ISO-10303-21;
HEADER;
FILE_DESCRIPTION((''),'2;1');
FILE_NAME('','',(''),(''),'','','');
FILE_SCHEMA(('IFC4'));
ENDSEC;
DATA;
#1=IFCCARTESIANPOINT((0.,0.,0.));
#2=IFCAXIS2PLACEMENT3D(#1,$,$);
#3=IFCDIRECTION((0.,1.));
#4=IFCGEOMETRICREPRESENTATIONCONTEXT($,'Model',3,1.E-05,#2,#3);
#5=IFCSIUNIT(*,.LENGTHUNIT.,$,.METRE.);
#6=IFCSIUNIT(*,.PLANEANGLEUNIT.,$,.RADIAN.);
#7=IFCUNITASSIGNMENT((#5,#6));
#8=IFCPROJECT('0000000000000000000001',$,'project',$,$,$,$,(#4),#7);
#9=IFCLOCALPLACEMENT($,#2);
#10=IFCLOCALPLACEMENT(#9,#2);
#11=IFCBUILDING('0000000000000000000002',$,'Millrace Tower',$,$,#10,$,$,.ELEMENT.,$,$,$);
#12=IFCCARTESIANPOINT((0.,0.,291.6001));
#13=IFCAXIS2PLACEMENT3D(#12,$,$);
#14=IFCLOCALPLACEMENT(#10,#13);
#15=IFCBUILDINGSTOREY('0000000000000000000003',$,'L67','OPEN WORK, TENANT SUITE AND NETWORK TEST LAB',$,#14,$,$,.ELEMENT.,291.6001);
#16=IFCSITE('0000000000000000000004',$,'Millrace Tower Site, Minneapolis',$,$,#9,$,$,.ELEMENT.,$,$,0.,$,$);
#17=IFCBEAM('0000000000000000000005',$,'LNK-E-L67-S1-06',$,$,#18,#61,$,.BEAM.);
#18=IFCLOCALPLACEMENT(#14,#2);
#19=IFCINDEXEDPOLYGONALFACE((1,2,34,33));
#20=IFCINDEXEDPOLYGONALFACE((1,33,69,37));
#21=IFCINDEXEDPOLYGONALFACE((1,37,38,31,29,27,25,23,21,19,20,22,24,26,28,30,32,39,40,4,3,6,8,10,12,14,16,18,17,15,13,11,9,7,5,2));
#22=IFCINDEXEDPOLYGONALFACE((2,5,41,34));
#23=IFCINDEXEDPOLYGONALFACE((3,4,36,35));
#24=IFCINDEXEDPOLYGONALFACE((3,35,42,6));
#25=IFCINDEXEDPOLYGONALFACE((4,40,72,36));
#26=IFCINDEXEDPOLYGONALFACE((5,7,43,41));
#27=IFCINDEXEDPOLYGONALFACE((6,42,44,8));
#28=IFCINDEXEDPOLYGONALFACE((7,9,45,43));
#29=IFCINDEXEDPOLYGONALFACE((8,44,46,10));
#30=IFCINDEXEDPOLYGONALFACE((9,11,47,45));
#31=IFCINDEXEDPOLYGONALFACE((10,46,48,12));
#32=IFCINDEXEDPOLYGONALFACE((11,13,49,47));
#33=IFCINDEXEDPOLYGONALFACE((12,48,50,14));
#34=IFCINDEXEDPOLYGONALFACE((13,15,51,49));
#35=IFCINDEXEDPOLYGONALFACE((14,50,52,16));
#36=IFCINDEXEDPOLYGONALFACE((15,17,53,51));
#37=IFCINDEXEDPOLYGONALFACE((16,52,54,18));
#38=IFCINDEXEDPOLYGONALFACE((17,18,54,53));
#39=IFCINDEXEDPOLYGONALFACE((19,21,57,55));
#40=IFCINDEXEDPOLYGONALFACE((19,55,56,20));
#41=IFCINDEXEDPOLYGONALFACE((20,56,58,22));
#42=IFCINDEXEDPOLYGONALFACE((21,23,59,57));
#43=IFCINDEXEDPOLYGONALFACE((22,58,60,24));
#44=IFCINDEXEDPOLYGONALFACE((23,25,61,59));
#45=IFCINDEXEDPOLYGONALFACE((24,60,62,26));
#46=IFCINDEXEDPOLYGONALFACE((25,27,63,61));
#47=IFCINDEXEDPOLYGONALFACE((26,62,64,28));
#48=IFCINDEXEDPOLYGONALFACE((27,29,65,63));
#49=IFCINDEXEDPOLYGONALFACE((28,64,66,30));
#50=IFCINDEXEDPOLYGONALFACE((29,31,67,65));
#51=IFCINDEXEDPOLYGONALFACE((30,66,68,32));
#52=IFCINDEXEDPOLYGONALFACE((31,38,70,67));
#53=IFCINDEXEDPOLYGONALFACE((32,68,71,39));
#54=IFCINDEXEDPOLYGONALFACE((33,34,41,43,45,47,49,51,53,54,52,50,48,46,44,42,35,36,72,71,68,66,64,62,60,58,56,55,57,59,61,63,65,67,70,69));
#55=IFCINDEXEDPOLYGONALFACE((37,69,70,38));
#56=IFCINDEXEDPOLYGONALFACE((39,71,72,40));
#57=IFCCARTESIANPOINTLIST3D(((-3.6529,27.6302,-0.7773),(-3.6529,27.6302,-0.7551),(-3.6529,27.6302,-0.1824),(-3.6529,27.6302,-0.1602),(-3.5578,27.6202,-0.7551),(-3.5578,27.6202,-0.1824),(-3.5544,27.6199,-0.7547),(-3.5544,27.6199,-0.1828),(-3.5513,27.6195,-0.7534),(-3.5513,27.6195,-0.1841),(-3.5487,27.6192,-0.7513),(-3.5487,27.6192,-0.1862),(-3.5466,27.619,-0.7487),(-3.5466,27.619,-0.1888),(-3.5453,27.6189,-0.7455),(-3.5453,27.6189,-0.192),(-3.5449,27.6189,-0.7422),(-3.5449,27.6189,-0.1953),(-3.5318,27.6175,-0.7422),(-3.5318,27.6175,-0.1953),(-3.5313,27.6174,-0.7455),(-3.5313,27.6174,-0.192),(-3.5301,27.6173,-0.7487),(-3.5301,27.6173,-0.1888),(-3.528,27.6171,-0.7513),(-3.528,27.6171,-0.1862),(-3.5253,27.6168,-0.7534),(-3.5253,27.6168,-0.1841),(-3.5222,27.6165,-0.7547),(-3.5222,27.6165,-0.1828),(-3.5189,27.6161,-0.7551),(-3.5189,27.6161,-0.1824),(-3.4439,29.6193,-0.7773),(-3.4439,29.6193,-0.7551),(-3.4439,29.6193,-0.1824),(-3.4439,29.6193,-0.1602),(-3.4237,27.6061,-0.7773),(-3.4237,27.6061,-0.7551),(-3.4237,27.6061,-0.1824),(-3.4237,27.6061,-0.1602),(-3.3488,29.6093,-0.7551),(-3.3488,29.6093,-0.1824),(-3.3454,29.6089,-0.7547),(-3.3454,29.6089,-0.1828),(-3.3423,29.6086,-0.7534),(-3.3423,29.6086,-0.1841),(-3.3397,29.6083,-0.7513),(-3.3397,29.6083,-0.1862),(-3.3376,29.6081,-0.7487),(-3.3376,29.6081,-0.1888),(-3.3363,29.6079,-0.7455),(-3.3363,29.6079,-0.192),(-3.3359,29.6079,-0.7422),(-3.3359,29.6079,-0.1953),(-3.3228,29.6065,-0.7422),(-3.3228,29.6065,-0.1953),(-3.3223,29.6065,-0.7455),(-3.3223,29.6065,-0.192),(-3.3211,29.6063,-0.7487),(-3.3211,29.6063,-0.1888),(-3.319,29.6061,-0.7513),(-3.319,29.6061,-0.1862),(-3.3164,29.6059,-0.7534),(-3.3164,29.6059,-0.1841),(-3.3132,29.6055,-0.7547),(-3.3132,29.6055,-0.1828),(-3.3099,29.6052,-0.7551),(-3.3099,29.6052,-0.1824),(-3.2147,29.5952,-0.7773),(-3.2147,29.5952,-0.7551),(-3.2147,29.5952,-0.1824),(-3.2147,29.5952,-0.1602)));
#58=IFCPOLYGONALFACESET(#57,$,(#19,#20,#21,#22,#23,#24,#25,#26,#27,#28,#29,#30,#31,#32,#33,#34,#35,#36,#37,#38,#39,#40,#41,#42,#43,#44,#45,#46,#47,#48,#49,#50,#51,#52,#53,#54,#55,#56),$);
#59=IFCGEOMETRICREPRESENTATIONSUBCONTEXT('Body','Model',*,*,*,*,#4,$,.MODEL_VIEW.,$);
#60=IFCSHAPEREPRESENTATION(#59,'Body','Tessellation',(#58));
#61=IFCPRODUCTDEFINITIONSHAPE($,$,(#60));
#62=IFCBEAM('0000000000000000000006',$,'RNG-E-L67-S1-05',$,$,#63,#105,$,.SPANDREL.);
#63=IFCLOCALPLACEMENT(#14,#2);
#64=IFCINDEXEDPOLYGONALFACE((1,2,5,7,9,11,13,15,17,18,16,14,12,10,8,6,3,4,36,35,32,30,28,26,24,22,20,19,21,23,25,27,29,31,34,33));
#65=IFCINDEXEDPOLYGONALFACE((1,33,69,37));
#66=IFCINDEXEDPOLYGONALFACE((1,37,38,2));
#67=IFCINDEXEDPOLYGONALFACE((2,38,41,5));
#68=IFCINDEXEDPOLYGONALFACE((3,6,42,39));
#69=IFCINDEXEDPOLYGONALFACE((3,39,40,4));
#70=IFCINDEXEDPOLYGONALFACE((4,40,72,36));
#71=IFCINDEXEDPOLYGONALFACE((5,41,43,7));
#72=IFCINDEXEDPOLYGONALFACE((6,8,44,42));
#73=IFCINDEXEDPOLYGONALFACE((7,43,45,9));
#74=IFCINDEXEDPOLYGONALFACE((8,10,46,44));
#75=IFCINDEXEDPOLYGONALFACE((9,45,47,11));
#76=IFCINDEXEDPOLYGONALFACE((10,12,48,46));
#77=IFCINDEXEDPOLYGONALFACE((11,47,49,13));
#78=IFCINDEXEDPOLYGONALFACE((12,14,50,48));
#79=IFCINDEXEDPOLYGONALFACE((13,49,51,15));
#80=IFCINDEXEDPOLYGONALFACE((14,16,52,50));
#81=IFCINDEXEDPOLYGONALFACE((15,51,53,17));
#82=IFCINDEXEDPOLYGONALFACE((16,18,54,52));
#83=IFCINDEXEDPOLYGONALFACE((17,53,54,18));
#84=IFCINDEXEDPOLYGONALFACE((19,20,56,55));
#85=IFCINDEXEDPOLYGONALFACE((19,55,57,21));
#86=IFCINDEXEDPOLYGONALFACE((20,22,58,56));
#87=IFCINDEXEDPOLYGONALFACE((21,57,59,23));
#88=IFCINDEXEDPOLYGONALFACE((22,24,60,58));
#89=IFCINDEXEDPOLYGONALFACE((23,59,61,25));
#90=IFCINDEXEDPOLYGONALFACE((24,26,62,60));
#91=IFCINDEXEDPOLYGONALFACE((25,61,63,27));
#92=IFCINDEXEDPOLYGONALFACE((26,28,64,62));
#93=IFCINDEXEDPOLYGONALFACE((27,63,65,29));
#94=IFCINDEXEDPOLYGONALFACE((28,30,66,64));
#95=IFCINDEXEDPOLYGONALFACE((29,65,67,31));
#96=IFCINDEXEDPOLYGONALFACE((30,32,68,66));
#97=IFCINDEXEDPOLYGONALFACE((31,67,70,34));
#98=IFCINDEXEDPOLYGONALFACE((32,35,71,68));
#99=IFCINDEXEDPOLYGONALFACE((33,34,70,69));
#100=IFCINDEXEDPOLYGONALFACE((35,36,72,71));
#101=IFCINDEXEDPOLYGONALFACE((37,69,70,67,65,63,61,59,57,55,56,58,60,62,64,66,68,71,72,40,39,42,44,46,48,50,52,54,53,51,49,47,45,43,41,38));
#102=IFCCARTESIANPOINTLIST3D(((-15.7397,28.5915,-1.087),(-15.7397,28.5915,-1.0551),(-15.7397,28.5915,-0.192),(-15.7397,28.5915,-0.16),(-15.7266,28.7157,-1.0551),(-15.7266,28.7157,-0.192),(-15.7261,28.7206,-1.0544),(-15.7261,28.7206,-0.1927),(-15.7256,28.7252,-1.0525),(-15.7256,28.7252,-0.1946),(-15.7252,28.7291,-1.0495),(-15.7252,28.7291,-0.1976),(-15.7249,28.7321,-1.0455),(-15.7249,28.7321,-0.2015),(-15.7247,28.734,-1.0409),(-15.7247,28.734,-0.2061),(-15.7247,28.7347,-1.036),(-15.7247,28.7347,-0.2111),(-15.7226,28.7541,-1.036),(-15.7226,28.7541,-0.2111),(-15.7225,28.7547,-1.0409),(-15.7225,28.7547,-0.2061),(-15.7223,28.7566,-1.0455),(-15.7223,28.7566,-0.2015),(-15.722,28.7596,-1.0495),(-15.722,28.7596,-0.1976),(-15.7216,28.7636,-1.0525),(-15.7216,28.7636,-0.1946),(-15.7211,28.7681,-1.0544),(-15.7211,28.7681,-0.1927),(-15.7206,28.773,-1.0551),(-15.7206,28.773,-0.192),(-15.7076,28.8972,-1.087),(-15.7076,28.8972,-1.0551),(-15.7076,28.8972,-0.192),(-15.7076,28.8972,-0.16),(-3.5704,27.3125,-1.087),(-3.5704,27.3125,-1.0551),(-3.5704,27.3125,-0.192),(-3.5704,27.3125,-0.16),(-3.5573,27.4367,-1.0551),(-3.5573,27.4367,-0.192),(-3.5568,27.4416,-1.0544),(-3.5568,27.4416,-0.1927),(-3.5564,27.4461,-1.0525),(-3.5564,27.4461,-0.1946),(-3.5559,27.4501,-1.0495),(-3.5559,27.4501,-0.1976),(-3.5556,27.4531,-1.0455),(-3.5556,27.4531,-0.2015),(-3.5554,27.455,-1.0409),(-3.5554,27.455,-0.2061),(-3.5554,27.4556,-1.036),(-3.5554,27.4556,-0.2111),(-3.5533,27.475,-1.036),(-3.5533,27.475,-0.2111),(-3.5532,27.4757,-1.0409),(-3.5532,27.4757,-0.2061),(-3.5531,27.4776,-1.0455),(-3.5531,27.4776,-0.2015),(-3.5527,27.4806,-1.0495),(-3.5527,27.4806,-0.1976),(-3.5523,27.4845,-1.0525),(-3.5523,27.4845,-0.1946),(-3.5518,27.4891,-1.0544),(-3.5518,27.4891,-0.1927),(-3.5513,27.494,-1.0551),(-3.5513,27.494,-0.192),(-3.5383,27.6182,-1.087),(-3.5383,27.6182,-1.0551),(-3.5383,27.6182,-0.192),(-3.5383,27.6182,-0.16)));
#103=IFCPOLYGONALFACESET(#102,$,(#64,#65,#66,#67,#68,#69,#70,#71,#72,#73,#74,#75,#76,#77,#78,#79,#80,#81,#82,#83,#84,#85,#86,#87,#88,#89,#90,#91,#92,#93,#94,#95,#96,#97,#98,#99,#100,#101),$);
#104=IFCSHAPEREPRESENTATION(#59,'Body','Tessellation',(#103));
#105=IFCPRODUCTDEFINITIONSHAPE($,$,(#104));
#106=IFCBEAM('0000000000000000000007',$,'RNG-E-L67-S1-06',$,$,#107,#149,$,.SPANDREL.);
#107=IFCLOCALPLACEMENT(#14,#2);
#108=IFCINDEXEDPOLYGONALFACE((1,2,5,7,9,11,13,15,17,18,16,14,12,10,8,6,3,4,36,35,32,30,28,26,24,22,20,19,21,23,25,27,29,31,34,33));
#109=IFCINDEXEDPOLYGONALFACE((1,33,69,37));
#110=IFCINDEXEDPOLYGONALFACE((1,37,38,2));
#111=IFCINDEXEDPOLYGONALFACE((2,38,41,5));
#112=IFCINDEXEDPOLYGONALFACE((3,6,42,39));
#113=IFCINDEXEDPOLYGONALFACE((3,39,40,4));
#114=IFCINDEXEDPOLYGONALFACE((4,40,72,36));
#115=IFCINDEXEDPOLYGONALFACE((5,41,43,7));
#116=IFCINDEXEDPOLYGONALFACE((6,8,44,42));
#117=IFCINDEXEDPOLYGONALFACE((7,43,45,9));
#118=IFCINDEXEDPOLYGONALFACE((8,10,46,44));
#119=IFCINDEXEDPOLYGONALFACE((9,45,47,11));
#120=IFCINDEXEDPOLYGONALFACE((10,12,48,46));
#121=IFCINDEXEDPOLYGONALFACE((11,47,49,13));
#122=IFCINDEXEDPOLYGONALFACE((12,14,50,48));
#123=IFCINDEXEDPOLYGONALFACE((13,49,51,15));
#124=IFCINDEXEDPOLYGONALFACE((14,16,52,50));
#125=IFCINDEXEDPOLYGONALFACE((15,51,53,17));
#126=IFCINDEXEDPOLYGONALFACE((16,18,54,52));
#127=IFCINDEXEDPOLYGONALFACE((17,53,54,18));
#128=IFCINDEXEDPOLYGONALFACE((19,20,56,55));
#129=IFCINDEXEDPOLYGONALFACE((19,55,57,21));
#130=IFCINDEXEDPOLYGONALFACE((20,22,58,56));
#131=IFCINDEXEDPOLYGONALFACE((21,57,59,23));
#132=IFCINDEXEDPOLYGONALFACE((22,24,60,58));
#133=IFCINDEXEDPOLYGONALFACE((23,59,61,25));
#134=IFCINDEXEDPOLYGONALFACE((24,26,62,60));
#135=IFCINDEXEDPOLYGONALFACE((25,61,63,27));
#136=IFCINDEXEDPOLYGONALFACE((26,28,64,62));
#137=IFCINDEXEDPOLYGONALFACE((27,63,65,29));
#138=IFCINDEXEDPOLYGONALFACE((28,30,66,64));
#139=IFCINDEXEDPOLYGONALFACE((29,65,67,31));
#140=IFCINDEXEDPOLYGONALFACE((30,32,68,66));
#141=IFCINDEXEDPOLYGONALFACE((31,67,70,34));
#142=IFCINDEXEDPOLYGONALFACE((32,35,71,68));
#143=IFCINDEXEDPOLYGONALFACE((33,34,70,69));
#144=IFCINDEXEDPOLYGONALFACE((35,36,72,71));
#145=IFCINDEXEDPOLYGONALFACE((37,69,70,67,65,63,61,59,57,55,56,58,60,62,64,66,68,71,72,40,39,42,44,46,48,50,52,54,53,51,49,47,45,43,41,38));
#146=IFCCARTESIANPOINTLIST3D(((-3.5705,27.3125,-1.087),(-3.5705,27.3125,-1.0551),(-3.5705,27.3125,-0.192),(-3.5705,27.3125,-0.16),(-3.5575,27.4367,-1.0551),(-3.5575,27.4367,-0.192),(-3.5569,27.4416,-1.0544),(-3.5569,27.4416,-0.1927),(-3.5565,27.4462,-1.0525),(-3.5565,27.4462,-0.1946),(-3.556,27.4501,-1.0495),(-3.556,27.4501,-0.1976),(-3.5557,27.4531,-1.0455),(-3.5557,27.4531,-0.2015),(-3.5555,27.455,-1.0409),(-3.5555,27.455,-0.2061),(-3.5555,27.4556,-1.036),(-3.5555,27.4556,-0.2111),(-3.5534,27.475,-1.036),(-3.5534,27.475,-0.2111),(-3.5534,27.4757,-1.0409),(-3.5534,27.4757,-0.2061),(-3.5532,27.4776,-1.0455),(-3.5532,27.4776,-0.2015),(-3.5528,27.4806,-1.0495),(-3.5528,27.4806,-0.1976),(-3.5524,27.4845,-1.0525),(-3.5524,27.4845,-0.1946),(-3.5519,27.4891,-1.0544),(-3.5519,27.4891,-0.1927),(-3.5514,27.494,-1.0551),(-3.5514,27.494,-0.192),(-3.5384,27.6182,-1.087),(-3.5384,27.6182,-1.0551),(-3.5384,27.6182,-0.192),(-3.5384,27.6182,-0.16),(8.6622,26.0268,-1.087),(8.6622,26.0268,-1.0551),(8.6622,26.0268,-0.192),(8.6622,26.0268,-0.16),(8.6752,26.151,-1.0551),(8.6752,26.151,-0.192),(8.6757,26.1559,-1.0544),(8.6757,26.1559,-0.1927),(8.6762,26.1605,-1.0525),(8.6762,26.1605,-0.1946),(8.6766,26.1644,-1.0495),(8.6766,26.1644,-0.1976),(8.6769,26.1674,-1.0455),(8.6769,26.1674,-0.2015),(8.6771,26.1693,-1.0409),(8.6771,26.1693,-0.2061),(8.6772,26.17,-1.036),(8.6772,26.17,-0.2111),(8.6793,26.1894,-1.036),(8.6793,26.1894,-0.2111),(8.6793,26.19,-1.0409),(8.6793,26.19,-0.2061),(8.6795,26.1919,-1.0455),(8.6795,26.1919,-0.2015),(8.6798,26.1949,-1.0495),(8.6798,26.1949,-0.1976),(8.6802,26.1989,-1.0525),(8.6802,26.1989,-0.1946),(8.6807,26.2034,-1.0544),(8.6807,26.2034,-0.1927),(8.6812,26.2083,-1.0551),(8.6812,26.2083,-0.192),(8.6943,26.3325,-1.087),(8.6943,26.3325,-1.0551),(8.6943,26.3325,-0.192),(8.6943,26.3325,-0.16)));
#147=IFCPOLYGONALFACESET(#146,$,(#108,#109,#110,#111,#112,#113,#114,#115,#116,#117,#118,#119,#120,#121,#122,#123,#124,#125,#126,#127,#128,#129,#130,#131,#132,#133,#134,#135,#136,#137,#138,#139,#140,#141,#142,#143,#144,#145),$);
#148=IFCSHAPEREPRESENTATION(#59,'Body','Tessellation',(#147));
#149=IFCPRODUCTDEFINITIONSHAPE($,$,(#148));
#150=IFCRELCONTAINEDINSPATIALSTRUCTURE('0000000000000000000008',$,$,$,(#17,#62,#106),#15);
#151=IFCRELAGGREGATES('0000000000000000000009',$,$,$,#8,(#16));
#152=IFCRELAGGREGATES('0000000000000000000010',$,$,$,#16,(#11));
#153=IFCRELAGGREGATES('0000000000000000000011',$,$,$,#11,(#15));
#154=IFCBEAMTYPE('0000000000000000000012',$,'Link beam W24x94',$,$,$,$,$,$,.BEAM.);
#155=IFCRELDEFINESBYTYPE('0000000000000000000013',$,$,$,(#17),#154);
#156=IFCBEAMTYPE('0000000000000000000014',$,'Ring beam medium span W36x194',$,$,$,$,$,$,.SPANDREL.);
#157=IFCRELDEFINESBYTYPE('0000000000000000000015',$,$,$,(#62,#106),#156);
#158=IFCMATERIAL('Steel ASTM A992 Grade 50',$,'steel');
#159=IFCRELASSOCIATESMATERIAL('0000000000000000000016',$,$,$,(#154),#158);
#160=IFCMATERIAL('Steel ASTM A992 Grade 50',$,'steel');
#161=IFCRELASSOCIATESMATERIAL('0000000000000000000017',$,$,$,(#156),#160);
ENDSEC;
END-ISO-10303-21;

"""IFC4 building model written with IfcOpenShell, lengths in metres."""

from ifc_helpers import new_model, si_unit, direction, frame, origin, origin_2d, place, context, subcontext, project, spatial, i_section, extrude, material, material_profile, profile_set, type_object, element, save


model = new_model("IFC4")

# Units and contexts
model_context = context("Model", 3, precision=1e-05, world=origin(), true_north=direction((0.0, 1.0)))
body_context = subcontext(model_context, "Body", "Model", "MODEL_VIEW")
ifc_project = project(units=[si_unit("LENGTHUNIT", "METRE"), si_unit("PLANEANGLEUNIT", "RADIAN")], contexts=[model_context])

# Site, building, storey
site_placement = place(None, origin())
site = spatial("IfcSite", under=ifc_project, at=site_placement, Name="Millrace Tower Site, Minneapolis", CompositionType="ELEMENT", RefElevation=0.0)
building_placement = place(site_placement, origin())
building = spatial("IfcBuilding", under=site, at=building_placement, Name="Millrace Tower", CompositionType="ELEMENT")
storey_placement = place(building_placement, frame((0.0, 0.0, 291.6001)))
storey = spatial("IfcBuildingStorey", under=building, at=storey_placement, Name="L67", Description="OPEN WORK, TENANT SUITE AND NETWORK TEST LAB", CompositionType="ELEMENT", Elevation=291.6001)

# Beams
ifc_material_1 = material(Name="Steel ASTM A992 Grade 50", Category="steel")
ifc_material_profile_1 = material_profile(ifc_material_1, i_section(OverallWidth=0.2305, OverallDepth=0.6172, WebThickness=0.0132, FlangeThickness=0.0222, FilletRadius=0.0129, at=origin_2d()))
ifc_profile_set_1 = profile_set([ifc_material_profile_1], Name="Steel ASTM A992 Grade 50")
beam_type_1 = type_object("IfcBeamType", Name="Link beam W24x94", PredefinedType="BEAM", material=ifc_profile_set_1)
beam_1_placement = place(storey_placement, frame((-3.5383, 27.6182, -0.4688), z_axis=(0.104494, 0.994526, 0.0), x_axis=(-0.994526, 0.104494, 0.0)))
element("IfcBeam", 1, at=beam_1_placement, inside=storey, type_object=beam_type_1, Name="LNK-E-L67-S1-06", PredefinedType="BEAM", context=body_context, shape_type="SweptSolid", body=[
    extrude(i_section(OverallWidth=0.2305, OverallDepth=0.6172, WebThickness=0.0132, FlangeThickness=0.0222, FilletRadius=0.0129, at=origin_2d()), origin(), (0.0, 0.0, 1.0), 2.0),
])
ifc_material_2 = material(Name="Steel ASTM A992 Grade 50", Category="steel")
ifc_material_profile_2 = material_profile(ifc_material_2, i_section(OverallWidth=0.3074, OverallDepth=0.927, WebThickness=0.0195, FlangeThickness=0.032, FilletRadius=0.019, at=origin_2d()))
ifc_profile_set_2 = profile_set([ifc_material_profile_2], Name="Steel ASTM A992 Grade 50")
beam_type_2 = type_object("IfcBeamType", Name="Ring beam medium span W36x194", PredefinedType="SPANDREL", material=ifc_profile_set_2)
beam_2_placement = place(storey_placement, frame((-15.7236, 28.7444, -0.6235), z_axis=(0.994522, -0.10453, 0.0), x_axis=(0.10453, 0.994522, 0.0)))
element("IfcBeam", 2, at=beam_2_placement, inside=storey, type_object=beam_type_2, Name="RNG-E-L67-S1-05", PredefinedType="SPANDREL", context=body_context, shape_type="SweptSolid", body=[
    extrude(i_section(OverallWidth=0.3074, OverallDepth=0.927, WebThickness=0.0195, FlangeThickness=0.032, FilletRadius=0.019, at=origin_2d()), origin(), (0.0, 0.0, 1.0), 12.2363),
])
beam_3_placement = place(storey_placement, frame((-3.5544, 27.4653, -0.6235), z_axis=(0.994522, -0.104524, 0.0), x_axis=(0.104524, 0.994522, 0.0)))
element("IfcBeam", 3, at=beam_3_placement, inside=storey, type_object=beam_type_2, Name="RNG-E-L67-S1-06", PredefinedType="SPANDREL", context=body_context, shape_type="SweptSolid", body=[
    extrude(i_section(OverallWidth=0.3074, OverallDepth=0.927, WebThickness=0.0195, FlangeThickness=0.032, FilletRadius=0.019, at=origin_2d()), origin(), (0.0, 0.0, 1.0), 12.3),
])

save(model, "model.ifc")
